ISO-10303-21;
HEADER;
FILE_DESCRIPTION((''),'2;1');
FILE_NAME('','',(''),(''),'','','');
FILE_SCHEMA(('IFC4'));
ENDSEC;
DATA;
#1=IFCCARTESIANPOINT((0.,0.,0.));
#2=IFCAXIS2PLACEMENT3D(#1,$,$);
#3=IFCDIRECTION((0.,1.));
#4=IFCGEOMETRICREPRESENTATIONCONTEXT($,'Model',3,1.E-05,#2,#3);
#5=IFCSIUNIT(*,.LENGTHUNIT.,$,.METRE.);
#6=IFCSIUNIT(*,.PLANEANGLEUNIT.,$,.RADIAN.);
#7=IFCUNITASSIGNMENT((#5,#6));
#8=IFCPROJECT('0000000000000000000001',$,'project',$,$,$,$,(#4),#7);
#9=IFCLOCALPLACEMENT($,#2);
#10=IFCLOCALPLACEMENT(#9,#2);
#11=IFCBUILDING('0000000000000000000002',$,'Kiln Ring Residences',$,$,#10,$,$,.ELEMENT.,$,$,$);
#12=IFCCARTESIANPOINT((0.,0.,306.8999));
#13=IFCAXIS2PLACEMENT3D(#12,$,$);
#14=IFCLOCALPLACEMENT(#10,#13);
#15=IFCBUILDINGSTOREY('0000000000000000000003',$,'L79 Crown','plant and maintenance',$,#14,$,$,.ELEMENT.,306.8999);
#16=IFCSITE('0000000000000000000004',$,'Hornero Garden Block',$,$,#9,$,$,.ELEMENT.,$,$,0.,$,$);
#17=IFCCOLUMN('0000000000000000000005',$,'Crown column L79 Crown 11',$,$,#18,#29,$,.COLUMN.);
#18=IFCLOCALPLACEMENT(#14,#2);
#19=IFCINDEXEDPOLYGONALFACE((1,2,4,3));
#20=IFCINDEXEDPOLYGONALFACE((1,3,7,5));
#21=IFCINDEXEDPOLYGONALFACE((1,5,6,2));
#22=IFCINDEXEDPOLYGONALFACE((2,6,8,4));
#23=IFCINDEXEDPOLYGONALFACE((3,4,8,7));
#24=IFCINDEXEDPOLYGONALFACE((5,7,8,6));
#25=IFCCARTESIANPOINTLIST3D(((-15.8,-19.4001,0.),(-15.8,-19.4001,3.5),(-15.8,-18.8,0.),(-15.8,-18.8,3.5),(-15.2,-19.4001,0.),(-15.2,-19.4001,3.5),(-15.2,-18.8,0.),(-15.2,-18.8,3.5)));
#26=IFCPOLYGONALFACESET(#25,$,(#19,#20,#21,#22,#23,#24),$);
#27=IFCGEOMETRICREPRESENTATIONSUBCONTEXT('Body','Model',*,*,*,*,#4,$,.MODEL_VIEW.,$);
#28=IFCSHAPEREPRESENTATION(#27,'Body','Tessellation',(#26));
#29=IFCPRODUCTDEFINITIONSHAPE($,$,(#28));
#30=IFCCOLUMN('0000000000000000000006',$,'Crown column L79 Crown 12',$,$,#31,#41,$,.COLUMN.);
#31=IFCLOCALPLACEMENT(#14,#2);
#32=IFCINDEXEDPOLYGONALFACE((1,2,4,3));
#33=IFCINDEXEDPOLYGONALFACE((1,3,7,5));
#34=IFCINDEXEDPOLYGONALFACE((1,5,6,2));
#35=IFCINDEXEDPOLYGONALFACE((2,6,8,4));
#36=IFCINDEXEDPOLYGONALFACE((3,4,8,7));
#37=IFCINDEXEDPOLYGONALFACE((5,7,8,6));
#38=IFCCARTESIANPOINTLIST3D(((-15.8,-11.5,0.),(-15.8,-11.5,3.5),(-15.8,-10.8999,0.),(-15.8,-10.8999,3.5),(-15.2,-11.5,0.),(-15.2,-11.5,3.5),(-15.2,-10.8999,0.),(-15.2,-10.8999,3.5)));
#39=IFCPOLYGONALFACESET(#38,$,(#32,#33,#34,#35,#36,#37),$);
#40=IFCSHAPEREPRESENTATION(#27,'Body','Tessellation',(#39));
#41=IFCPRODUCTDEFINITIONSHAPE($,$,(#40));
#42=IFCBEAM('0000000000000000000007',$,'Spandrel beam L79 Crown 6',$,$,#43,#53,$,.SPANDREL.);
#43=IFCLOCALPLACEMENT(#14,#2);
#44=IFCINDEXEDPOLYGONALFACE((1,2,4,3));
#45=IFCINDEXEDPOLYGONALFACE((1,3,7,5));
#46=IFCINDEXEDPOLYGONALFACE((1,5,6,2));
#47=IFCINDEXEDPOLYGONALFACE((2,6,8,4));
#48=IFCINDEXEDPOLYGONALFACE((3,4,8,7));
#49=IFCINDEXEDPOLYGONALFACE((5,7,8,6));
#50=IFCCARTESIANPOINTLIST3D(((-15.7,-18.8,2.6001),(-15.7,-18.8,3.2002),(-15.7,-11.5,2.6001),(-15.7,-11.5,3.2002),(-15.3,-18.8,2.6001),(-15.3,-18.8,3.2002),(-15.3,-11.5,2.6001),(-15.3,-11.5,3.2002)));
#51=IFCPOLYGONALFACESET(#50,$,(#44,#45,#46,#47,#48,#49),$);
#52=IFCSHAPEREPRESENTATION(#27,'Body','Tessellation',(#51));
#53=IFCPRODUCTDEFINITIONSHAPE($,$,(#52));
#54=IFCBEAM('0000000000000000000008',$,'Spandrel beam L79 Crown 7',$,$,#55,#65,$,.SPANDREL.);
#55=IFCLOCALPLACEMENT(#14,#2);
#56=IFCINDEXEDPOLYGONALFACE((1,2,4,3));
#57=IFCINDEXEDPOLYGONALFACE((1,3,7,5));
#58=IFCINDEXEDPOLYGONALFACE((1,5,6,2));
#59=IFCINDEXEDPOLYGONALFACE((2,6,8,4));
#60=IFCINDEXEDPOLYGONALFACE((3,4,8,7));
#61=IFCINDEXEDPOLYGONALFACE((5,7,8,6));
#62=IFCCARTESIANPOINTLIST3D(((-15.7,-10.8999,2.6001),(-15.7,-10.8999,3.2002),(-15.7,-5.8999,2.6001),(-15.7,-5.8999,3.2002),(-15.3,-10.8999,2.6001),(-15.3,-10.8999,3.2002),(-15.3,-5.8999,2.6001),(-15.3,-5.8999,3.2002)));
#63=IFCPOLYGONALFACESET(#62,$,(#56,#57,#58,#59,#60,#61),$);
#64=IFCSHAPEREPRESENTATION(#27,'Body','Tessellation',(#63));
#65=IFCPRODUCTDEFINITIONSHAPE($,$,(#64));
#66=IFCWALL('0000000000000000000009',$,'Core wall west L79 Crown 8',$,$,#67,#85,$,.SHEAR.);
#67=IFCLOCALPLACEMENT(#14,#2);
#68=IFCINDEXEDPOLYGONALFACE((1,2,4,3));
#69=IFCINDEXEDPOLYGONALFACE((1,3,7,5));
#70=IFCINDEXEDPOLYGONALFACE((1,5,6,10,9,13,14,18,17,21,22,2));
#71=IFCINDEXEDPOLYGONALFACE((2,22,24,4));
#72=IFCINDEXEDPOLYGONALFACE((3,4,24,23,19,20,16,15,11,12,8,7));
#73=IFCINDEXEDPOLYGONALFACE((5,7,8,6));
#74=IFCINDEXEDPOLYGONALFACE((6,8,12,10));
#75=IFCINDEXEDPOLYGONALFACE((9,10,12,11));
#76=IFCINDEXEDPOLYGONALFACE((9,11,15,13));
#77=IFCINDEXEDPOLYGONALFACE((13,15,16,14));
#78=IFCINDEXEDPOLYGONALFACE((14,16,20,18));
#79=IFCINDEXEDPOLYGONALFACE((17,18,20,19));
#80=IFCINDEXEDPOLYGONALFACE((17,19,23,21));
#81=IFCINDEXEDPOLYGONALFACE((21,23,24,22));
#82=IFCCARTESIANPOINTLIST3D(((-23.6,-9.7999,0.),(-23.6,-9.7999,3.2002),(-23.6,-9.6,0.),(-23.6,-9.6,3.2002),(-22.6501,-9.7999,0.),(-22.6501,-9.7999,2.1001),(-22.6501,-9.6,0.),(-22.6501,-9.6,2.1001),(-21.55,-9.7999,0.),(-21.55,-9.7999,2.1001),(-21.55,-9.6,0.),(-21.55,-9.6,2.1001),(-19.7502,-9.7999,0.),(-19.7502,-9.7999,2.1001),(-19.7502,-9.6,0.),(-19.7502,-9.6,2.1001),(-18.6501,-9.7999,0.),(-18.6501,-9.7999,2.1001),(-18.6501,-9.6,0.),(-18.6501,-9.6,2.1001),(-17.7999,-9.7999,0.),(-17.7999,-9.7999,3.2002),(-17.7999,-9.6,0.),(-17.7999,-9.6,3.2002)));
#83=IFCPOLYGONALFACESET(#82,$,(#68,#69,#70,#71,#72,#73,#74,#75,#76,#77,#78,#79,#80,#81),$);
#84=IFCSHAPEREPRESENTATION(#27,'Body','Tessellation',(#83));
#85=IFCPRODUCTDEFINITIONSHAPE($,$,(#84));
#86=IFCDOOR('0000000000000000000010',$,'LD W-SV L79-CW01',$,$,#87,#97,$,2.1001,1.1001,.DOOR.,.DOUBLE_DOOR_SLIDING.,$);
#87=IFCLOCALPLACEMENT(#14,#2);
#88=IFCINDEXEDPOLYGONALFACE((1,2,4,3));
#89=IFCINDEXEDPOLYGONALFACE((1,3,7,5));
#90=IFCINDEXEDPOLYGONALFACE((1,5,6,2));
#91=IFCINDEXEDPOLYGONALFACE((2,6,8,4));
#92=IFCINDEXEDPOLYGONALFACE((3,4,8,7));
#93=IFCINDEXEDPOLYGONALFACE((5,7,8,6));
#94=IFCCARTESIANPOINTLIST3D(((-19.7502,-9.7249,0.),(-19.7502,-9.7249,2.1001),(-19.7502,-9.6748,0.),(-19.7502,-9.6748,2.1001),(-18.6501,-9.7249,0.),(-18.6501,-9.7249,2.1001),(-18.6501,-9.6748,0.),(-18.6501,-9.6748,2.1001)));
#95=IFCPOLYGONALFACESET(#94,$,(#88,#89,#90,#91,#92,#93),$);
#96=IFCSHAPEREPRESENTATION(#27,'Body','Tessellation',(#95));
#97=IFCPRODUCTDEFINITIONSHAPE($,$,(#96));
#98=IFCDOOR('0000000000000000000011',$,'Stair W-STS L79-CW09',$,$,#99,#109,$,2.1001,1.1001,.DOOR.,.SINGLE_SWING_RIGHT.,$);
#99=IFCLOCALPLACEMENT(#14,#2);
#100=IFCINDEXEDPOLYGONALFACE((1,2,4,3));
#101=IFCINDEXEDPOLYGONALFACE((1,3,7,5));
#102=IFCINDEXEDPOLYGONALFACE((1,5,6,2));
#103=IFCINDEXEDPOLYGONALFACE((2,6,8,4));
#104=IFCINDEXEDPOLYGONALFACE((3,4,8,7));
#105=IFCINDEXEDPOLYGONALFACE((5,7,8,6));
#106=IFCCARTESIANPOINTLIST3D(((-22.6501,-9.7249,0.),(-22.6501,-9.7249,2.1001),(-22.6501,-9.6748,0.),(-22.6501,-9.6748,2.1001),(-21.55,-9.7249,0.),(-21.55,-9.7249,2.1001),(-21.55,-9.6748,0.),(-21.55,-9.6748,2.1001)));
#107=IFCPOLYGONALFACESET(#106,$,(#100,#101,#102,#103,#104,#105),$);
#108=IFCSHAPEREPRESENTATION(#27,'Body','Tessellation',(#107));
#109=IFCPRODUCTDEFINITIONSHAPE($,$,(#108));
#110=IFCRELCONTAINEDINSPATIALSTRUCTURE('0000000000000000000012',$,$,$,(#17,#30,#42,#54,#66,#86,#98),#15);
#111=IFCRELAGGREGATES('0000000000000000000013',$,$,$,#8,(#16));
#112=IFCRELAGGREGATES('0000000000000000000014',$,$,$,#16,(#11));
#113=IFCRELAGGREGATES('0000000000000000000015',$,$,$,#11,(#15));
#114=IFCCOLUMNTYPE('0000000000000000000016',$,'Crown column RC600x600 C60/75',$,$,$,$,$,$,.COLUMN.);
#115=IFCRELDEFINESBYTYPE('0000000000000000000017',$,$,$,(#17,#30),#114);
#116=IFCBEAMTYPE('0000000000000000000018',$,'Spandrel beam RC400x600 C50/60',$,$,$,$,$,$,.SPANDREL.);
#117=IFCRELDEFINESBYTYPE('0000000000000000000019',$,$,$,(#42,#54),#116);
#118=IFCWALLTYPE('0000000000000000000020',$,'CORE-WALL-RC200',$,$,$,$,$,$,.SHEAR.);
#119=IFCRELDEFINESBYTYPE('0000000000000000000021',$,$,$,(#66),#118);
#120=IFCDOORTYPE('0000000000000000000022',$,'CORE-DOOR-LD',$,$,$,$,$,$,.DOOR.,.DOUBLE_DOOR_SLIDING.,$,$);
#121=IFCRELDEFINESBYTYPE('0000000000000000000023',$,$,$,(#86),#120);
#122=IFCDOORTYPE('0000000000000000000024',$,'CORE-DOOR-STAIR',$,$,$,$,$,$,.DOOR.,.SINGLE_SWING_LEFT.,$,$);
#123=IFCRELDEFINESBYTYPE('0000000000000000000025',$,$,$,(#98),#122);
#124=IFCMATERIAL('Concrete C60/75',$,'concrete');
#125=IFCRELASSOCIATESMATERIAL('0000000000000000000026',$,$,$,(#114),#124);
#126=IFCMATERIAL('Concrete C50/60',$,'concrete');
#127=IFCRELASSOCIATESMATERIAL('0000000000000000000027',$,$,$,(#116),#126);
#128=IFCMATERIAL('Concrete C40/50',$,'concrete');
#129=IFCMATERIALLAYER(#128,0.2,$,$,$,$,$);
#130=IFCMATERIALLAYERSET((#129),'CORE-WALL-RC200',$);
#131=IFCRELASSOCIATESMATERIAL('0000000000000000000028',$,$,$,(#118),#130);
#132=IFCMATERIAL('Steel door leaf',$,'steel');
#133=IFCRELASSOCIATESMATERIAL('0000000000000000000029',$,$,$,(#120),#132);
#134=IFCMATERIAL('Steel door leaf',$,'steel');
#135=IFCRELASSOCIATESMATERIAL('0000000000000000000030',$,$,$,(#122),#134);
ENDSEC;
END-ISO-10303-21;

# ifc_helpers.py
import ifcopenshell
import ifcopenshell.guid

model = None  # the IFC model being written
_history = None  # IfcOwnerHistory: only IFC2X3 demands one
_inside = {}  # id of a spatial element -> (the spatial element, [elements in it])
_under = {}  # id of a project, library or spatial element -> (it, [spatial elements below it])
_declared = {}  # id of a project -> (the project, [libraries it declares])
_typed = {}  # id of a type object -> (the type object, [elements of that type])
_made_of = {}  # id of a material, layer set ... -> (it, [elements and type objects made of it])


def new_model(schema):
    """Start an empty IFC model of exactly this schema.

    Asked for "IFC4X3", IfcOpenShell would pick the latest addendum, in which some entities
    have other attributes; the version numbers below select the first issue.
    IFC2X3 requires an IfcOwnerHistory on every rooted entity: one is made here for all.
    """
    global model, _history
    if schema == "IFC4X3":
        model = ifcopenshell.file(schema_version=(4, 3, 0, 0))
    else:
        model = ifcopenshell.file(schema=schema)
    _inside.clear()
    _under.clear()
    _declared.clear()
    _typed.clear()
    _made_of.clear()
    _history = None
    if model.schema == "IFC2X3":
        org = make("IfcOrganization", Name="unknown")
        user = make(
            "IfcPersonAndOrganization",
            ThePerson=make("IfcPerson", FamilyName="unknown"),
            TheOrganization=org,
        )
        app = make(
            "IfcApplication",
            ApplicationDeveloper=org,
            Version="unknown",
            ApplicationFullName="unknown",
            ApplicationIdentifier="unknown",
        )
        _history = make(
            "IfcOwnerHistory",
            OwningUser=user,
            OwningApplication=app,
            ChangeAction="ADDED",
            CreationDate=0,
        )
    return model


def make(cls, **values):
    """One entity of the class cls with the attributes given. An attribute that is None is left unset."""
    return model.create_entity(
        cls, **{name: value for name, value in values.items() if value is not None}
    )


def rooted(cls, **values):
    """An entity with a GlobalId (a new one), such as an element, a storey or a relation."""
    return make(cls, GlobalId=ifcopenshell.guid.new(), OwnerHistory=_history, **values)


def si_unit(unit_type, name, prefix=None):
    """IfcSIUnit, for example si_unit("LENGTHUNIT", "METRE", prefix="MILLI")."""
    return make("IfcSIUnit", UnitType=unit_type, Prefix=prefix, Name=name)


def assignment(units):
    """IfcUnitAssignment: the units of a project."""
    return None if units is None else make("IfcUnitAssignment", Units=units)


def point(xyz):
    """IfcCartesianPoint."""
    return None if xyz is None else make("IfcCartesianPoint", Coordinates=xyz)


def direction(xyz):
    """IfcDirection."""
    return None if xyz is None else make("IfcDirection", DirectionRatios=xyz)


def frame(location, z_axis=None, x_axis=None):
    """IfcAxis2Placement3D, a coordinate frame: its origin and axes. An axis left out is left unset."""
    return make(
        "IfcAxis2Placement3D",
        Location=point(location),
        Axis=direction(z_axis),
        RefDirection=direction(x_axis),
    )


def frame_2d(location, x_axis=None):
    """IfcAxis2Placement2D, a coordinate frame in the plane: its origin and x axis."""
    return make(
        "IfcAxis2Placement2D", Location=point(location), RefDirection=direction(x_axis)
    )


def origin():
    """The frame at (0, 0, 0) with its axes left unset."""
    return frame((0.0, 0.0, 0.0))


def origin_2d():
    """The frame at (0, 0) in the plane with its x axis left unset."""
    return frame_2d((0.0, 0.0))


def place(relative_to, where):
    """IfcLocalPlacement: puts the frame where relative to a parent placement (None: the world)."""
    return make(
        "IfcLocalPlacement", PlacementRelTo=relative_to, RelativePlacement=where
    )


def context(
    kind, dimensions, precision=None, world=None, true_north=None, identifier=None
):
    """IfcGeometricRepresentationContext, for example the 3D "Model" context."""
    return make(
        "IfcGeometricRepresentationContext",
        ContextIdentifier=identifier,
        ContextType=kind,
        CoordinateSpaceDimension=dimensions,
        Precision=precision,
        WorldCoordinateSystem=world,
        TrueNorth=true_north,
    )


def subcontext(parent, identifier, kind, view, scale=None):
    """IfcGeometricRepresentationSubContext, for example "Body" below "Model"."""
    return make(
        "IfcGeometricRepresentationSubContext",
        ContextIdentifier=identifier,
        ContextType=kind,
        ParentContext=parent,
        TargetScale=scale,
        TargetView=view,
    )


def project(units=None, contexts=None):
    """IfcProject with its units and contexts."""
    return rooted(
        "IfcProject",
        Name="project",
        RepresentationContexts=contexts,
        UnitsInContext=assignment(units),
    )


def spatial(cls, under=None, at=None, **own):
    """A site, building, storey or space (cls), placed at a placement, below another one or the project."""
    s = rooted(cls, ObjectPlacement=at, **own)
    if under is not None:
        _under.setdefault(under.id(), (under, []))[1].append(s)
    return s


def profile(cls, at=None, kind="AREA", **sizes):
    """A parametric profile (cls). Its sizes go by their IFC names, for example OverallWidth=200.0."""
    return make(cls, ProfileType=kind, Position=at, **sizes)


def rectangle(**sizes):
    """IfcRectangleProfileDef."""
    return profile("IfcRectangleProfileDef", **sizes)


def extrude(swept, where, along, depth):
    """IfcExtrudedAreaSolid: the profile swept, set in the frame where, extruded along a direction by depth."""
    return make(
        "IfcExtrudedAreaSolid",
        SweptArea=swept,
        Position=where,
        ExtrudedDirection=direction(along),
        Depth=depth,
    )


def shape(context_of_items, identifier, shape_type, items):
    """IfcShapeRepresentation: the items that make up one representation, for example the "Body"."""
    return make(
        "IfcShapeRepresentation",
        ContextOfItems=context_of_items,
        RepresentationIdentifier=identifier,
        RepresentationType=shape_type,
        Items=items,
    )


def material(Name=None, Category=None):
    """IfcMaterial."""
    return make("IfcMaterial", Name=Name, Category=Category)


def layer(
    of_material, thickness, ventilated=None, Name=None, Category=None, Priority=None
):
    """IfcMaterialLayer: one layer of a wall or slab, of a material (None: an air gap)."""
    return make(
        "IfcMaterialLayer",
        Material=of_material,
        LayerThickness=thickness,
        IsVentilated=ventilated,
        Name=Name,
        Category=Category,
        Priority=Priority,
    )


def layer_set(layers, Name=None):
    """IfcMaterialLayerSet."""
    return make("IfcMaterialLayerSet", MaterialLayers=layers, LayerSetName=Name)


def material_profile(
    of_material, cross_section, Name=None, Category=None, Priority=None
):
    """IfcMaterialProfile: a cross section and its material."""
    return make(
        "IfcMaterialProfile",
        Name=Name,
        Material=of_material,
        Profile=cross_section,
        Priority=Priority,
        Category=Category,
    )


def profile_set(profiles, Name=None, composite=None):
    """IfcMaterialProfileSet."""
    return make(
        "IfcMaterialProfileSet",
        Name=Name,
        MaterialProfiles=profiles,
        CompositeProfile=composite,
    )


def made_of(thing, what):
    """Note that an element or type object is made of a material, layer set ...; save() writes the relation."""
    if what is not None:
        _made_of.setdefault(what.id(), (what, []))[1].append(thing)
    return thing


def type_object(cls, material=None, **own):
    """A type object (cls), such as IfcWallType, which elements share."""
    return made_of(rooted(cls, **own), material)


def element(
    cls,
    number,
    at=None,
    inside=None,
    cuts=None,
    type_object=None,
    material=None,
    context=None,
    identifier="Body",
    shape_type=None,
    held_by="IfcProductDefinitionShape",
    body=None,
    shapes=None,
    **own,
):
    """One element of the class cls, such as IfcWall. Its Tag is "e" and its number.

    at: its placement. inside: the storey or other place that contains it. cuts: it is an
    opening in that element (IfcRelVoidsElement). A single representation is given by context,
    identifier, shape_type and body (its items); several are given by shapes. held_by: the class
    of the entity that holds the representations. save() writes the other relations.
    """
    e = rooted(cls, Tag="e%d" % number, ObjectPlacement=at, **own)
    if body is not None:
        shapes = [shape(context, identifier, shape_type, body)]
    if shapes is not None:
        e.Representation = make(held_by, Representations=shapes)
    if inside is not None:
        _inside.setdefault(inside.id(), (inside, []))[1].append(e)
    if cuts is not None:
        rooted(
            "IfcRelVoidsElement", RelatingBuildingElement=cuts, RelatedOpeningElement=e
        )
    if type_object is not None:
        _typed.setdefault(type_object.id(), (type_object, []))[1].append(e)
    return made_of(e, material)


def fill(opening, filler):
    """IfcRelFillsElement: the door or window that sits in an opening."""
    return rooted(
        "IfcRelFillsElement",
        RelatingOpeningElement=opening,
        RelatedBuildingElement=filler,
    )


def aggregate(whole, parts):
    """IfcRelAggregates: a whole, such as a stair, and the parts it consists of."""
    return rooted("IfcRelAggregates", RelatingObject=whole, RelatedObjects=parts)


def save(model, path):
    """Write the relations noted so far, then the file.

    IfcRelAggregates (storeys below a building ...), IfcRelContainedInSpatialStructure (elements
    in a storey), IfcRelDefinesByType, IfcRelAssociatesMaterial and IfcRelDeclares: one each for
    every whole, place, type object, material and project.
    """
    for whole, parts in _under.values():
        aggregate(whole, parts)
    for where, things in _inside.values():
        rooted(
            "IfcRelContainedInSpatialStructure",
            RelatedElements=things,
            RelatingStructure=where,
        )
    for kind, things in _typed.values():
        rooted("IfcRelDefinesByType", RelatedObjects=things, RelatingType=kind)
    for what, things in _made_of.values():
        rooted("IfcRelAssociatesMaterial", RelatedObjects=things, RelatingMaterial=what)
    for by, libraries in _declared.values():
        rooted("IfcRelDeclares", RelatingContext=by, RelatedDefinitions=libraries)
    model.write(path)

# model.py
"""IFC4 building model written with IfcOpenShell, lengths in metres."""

from ifc_helpers import new_model, si_unit, direction, frame, frame_2d, origin, origin_2d, place, context, subcontext, project, spatial, rectangle, extrude, material, layer, layer_set, material_profile, profile_set, type_object, element, fill, save


model = new_model("IFC4")

# Units and contexts
model_context = context("Model", 3, precision=1e-05, world=origin(), true_north=direction((0.0, 1.0)))
body_context = subcontext(model_context, "Body", "Model", "MODEL_VIEW")
ifc_project = project(units=[si_unit("LENGTHUNIT", "METRE"), si_unit("PLANEANGLEUNIT", "RADIAN")], contexts=[model_context])

# Site, building, storey
site_placement = place(None, origin())
site = spatial("IfcSite", under=ifc_project, at=site_placement, Name="Hornero Garden Block", CompositionType="ELEMENT", RefElevation=0.0)
building_placement = place(site_placement, origin())
building = spatial("IfcBuilding", under=site, at=building_placement, Name="Kiln Ring Residences", CompositionType="ELEMENT")
storey_placement = place(building_placement, frame((0.0, 0.0, 306.8999)))
storey = spatial("IfcBuildingStorey", under=building, at=storey_placement, Name="L79 Crown", Description="plant and maintenance", CompositionType="ELEMENT", Elevation=306.8999)

# Columns
ifc_material_1 = material(Name="Concrete C60/75", Category="concrete")
ifc_material_profile_1 = material_profile(ifc_material_1, rectangle(XDim=0.6001, YDim=0.6001, at=origin_2d()), Name="RC600x600")
ifc_profile_set_1 = profile_set([ifc_material_profile_1], Name="Concrete C60/75")
column_type = type_object("IfcColumnType", Name="Crown column RC600x600 C60/75", PredefinedType="COLUMN", material=ifc_profile_set_1)
for number, where, z_axis, x_axis, name in (
    (1, (-15.5, -19.1001, 0.0), (0.0, 0.0, 1.0), (1.0, 0.0, 0.0), "Crown column L79 Crown 11"),
    (2, (-15.5, -11.2, 0.0), (0.0, 0.0, 1.0), (1.0, 0.0, 0.0), "Crown column L79 Crown 12"),
):
    element("IfcColumn", number, at=place(storey_placement, frame(where, z_axis=z_axis, x_axis=x_axis)), inside=storey, type_object=column_type, Name=name, PredefinedType="COLUMN", context=body_context, shape_type="SweptSolid", body=[
        extrude(rectangle(XDim=0.6001, YDim=0.6001, at=origin_2d()), origin(), (0.0, 0.0, 1.0), 3.5),
    ])

# Beams
ifc_material_2 = material(Name="Concrete C50/60", Category="concrete")
ifc_material_profile_2 = material_profile(ifc_material_2, rectangle(XDim=0.3999, YDim=0.6001, at=origin_2d()), Name="RC400x600")
ifc_profile_set_2 = profile_set([ifc_material_profile_2], Name="Concrete C50/60")
beam_type = type_object("IfcBeamType", Name="Spandrel beam RC400x600 C50/60", PredefinedType="SPANDREL", material=ifc_profile_set_2)
beam_1_placement = place(storey_placement, frame((-15.5, -18.8, 2.9001), z_axis=(0.0, 1.0, 0.0), x_axis=(-1.0, 0.0, 0.0)))
element("IfcBeam", 3, at=beam_1_placement, inside=storey, type_object=beam_type, Name="Spandrel beam L79 Crown 6", PredefinedType="SPANDREL", context=body_context, shape_type="SweptSolid", body=[
    extrude(rectangle(XDim=0.3999, YDim=0.6001, at=origin_2d()), origin(), (0.0, 0.0, 1.0), 7.3),
])
beam_2_placement = place(storey_placement, frame((-15.5, -10.8999, 2.9001), z_axis=(0.0, 1.0, 0.0), x_axis=(-1.0, 0.0, 0.0)))
element("IfcBeam", 4, at=beam_2_placement, inside=storey, type_object=beam_type, Name="Spandrel beam L79 Crown 7", PredefinedType="SPANDREL", context=body_context, shape_type="SweptSolid", body=[
    extrude(rectangle(XDim=0.3999, YDim=0.6001, at=origin_2d()), origin(), (0.0, 0.0, 1.0), 5.0),
])

# Wall, openings, doors
ifc_material_3 = material(Name="Concrete C40/50", Category="concrete")
ifc_layer_1 = layer(ifc_material_3, 0.2)
ifc_layer_set_1 = layer_set([ifc_layer_1], Name="CORE-WALL-RC200")
wall_type_1 = type_object("IfcWallType", Name="CORE-WALL-RC200", PredefinedType="SHEAR", material=ifc_layer_set_1)
wall_1_placement = place(storey_placement, frame((-17.8, -9.7, 0.0), z_axis=(0.0, 0.0, 1.0), x_axis=(-1.0, 0.0, 0.0)))
wall_1 = element("IfcWall", 5, at=wall_1_placement, inside=storey, type_object=wall_type_1, Name="Core wall west L79 Crown 8", PredefinedType="SHEAR", context=body_context, shape_type="SweptSolid", body=[
    extrude(rectangle(XDim=5.8, YDim=0.2, at=frame_2d((2.8999, 0.0))), origin(), (0.0, 0.0, 1.0), 3.2002),
])
opening_1_placement = place(wall_1_placement, frame((0.8501, 0.0, 0.0)))
opening_1 = element("IfcOpeningElement", 6, at=opening_1_placement, cuts=wall_1, PredefinedType="OPENING", context=body_context, shape_type="SweptSolid", body=[
    extrude(rectangle(XDim=1.1001, YDim=2.1001, at=frame_2d((0.55, 1.05))), frame((0.0, 0.1099, 0.0), z_axis=(0.0, -1.0, 0.0), x_axis=(1.0, 0.0, 0.0)), (0.0, 0.0, 1.0), 0.22),
])
opening_2_placement = place(wall_1_placement, frame((3.75, 0.0, 0.0)))
opening_2 = element("IfcOpeningElement", 7, at=opening_2_placement, cuts=wall_1, PredefinedType="OPENING", context=body_context, shape_type="SweptSolid", body=[
    extrude(rectangle(XDim=1.1001, YDim=2.1001, at=frame_2d((0.55, 1.05))), frame((0.0, 0.1099, 0.0), z_axis=(0.0, -1.0, 0.0), x_axis=(1.0, 0.0, 0.0)), (0.0, 0.0, 1.0), 0.22),
])
ifc_material_4 = material(Name="Steel door leaf", Category="steel")
door_type_1 = type_object("IfcDoorType", Name="CORE-DOOR-LD", OperationType="DOUBLE_DOOR_SLIDING", PredefinedType="DOOR", material=ifc_material_4)
door_1_placement = place(opening_1_placement, origin())
door_1 = element("IfcDoor", 8, at=door_1_placement, inside=storey, type_object=door_type_1, Name="LD W-SV L79-CW01", OperationType="DOUBLE_DOOR_SLIDING", OverallHeight=2.1001, OverallWidth=1.1001, PredefinedType="DOOR", context=body_context, shape_type="SweptSolid", body=[
    extrude(rectangle(XDim=1.1001, YDim=2.1001, at=frame_2d((0.55, 1.05))), frame((0.0, 0.0249, 0.0), z_axis=(0.0, -1.0, 0.0), x_axis=(1.0, 0.0, 0.0)), (0.0, 0.0, 1.0), 0.05),
])
fill(opening_1, door_1)
ifc_material_5 = material(Name="Steel door leaf", Category="steel")
door_type_2 = type_object("IfcDoorType", Name="CORE-DOOR-STAIR", OperationType="SINGLE_SWING_LEFT", PredefinedType="DOOR", material=ifc_material_5)
door_2_placement = place(opening_2_placement, origin())
door_2 = element("IfcDoor", 9, at=door_2_placement, inside=storey, type_object=door_type_2, Name="Stair W-STS L79-CW09", OperationType="SINGLE_SWING_RIGHT", OverallHeight=2.1001, OverallWidth=1.1001, PredefinedType="DOOR", context=body_context, shape_type="SweptSolid", body=[
    extrude(rectangle(XDim=1.1001, YDim=2.1001, at=frame_2d((0.55, 1.05))), frame((0.0, 0.0249, 0.0), z_axis=(0.0, -1.0, 0.0), x_axis=(1.0, 0.0, 0.0)), (0.0, 0.0, 1.0), 0.05),
])
fill(opening_2, door_2)

save(model, "model.ifc")
